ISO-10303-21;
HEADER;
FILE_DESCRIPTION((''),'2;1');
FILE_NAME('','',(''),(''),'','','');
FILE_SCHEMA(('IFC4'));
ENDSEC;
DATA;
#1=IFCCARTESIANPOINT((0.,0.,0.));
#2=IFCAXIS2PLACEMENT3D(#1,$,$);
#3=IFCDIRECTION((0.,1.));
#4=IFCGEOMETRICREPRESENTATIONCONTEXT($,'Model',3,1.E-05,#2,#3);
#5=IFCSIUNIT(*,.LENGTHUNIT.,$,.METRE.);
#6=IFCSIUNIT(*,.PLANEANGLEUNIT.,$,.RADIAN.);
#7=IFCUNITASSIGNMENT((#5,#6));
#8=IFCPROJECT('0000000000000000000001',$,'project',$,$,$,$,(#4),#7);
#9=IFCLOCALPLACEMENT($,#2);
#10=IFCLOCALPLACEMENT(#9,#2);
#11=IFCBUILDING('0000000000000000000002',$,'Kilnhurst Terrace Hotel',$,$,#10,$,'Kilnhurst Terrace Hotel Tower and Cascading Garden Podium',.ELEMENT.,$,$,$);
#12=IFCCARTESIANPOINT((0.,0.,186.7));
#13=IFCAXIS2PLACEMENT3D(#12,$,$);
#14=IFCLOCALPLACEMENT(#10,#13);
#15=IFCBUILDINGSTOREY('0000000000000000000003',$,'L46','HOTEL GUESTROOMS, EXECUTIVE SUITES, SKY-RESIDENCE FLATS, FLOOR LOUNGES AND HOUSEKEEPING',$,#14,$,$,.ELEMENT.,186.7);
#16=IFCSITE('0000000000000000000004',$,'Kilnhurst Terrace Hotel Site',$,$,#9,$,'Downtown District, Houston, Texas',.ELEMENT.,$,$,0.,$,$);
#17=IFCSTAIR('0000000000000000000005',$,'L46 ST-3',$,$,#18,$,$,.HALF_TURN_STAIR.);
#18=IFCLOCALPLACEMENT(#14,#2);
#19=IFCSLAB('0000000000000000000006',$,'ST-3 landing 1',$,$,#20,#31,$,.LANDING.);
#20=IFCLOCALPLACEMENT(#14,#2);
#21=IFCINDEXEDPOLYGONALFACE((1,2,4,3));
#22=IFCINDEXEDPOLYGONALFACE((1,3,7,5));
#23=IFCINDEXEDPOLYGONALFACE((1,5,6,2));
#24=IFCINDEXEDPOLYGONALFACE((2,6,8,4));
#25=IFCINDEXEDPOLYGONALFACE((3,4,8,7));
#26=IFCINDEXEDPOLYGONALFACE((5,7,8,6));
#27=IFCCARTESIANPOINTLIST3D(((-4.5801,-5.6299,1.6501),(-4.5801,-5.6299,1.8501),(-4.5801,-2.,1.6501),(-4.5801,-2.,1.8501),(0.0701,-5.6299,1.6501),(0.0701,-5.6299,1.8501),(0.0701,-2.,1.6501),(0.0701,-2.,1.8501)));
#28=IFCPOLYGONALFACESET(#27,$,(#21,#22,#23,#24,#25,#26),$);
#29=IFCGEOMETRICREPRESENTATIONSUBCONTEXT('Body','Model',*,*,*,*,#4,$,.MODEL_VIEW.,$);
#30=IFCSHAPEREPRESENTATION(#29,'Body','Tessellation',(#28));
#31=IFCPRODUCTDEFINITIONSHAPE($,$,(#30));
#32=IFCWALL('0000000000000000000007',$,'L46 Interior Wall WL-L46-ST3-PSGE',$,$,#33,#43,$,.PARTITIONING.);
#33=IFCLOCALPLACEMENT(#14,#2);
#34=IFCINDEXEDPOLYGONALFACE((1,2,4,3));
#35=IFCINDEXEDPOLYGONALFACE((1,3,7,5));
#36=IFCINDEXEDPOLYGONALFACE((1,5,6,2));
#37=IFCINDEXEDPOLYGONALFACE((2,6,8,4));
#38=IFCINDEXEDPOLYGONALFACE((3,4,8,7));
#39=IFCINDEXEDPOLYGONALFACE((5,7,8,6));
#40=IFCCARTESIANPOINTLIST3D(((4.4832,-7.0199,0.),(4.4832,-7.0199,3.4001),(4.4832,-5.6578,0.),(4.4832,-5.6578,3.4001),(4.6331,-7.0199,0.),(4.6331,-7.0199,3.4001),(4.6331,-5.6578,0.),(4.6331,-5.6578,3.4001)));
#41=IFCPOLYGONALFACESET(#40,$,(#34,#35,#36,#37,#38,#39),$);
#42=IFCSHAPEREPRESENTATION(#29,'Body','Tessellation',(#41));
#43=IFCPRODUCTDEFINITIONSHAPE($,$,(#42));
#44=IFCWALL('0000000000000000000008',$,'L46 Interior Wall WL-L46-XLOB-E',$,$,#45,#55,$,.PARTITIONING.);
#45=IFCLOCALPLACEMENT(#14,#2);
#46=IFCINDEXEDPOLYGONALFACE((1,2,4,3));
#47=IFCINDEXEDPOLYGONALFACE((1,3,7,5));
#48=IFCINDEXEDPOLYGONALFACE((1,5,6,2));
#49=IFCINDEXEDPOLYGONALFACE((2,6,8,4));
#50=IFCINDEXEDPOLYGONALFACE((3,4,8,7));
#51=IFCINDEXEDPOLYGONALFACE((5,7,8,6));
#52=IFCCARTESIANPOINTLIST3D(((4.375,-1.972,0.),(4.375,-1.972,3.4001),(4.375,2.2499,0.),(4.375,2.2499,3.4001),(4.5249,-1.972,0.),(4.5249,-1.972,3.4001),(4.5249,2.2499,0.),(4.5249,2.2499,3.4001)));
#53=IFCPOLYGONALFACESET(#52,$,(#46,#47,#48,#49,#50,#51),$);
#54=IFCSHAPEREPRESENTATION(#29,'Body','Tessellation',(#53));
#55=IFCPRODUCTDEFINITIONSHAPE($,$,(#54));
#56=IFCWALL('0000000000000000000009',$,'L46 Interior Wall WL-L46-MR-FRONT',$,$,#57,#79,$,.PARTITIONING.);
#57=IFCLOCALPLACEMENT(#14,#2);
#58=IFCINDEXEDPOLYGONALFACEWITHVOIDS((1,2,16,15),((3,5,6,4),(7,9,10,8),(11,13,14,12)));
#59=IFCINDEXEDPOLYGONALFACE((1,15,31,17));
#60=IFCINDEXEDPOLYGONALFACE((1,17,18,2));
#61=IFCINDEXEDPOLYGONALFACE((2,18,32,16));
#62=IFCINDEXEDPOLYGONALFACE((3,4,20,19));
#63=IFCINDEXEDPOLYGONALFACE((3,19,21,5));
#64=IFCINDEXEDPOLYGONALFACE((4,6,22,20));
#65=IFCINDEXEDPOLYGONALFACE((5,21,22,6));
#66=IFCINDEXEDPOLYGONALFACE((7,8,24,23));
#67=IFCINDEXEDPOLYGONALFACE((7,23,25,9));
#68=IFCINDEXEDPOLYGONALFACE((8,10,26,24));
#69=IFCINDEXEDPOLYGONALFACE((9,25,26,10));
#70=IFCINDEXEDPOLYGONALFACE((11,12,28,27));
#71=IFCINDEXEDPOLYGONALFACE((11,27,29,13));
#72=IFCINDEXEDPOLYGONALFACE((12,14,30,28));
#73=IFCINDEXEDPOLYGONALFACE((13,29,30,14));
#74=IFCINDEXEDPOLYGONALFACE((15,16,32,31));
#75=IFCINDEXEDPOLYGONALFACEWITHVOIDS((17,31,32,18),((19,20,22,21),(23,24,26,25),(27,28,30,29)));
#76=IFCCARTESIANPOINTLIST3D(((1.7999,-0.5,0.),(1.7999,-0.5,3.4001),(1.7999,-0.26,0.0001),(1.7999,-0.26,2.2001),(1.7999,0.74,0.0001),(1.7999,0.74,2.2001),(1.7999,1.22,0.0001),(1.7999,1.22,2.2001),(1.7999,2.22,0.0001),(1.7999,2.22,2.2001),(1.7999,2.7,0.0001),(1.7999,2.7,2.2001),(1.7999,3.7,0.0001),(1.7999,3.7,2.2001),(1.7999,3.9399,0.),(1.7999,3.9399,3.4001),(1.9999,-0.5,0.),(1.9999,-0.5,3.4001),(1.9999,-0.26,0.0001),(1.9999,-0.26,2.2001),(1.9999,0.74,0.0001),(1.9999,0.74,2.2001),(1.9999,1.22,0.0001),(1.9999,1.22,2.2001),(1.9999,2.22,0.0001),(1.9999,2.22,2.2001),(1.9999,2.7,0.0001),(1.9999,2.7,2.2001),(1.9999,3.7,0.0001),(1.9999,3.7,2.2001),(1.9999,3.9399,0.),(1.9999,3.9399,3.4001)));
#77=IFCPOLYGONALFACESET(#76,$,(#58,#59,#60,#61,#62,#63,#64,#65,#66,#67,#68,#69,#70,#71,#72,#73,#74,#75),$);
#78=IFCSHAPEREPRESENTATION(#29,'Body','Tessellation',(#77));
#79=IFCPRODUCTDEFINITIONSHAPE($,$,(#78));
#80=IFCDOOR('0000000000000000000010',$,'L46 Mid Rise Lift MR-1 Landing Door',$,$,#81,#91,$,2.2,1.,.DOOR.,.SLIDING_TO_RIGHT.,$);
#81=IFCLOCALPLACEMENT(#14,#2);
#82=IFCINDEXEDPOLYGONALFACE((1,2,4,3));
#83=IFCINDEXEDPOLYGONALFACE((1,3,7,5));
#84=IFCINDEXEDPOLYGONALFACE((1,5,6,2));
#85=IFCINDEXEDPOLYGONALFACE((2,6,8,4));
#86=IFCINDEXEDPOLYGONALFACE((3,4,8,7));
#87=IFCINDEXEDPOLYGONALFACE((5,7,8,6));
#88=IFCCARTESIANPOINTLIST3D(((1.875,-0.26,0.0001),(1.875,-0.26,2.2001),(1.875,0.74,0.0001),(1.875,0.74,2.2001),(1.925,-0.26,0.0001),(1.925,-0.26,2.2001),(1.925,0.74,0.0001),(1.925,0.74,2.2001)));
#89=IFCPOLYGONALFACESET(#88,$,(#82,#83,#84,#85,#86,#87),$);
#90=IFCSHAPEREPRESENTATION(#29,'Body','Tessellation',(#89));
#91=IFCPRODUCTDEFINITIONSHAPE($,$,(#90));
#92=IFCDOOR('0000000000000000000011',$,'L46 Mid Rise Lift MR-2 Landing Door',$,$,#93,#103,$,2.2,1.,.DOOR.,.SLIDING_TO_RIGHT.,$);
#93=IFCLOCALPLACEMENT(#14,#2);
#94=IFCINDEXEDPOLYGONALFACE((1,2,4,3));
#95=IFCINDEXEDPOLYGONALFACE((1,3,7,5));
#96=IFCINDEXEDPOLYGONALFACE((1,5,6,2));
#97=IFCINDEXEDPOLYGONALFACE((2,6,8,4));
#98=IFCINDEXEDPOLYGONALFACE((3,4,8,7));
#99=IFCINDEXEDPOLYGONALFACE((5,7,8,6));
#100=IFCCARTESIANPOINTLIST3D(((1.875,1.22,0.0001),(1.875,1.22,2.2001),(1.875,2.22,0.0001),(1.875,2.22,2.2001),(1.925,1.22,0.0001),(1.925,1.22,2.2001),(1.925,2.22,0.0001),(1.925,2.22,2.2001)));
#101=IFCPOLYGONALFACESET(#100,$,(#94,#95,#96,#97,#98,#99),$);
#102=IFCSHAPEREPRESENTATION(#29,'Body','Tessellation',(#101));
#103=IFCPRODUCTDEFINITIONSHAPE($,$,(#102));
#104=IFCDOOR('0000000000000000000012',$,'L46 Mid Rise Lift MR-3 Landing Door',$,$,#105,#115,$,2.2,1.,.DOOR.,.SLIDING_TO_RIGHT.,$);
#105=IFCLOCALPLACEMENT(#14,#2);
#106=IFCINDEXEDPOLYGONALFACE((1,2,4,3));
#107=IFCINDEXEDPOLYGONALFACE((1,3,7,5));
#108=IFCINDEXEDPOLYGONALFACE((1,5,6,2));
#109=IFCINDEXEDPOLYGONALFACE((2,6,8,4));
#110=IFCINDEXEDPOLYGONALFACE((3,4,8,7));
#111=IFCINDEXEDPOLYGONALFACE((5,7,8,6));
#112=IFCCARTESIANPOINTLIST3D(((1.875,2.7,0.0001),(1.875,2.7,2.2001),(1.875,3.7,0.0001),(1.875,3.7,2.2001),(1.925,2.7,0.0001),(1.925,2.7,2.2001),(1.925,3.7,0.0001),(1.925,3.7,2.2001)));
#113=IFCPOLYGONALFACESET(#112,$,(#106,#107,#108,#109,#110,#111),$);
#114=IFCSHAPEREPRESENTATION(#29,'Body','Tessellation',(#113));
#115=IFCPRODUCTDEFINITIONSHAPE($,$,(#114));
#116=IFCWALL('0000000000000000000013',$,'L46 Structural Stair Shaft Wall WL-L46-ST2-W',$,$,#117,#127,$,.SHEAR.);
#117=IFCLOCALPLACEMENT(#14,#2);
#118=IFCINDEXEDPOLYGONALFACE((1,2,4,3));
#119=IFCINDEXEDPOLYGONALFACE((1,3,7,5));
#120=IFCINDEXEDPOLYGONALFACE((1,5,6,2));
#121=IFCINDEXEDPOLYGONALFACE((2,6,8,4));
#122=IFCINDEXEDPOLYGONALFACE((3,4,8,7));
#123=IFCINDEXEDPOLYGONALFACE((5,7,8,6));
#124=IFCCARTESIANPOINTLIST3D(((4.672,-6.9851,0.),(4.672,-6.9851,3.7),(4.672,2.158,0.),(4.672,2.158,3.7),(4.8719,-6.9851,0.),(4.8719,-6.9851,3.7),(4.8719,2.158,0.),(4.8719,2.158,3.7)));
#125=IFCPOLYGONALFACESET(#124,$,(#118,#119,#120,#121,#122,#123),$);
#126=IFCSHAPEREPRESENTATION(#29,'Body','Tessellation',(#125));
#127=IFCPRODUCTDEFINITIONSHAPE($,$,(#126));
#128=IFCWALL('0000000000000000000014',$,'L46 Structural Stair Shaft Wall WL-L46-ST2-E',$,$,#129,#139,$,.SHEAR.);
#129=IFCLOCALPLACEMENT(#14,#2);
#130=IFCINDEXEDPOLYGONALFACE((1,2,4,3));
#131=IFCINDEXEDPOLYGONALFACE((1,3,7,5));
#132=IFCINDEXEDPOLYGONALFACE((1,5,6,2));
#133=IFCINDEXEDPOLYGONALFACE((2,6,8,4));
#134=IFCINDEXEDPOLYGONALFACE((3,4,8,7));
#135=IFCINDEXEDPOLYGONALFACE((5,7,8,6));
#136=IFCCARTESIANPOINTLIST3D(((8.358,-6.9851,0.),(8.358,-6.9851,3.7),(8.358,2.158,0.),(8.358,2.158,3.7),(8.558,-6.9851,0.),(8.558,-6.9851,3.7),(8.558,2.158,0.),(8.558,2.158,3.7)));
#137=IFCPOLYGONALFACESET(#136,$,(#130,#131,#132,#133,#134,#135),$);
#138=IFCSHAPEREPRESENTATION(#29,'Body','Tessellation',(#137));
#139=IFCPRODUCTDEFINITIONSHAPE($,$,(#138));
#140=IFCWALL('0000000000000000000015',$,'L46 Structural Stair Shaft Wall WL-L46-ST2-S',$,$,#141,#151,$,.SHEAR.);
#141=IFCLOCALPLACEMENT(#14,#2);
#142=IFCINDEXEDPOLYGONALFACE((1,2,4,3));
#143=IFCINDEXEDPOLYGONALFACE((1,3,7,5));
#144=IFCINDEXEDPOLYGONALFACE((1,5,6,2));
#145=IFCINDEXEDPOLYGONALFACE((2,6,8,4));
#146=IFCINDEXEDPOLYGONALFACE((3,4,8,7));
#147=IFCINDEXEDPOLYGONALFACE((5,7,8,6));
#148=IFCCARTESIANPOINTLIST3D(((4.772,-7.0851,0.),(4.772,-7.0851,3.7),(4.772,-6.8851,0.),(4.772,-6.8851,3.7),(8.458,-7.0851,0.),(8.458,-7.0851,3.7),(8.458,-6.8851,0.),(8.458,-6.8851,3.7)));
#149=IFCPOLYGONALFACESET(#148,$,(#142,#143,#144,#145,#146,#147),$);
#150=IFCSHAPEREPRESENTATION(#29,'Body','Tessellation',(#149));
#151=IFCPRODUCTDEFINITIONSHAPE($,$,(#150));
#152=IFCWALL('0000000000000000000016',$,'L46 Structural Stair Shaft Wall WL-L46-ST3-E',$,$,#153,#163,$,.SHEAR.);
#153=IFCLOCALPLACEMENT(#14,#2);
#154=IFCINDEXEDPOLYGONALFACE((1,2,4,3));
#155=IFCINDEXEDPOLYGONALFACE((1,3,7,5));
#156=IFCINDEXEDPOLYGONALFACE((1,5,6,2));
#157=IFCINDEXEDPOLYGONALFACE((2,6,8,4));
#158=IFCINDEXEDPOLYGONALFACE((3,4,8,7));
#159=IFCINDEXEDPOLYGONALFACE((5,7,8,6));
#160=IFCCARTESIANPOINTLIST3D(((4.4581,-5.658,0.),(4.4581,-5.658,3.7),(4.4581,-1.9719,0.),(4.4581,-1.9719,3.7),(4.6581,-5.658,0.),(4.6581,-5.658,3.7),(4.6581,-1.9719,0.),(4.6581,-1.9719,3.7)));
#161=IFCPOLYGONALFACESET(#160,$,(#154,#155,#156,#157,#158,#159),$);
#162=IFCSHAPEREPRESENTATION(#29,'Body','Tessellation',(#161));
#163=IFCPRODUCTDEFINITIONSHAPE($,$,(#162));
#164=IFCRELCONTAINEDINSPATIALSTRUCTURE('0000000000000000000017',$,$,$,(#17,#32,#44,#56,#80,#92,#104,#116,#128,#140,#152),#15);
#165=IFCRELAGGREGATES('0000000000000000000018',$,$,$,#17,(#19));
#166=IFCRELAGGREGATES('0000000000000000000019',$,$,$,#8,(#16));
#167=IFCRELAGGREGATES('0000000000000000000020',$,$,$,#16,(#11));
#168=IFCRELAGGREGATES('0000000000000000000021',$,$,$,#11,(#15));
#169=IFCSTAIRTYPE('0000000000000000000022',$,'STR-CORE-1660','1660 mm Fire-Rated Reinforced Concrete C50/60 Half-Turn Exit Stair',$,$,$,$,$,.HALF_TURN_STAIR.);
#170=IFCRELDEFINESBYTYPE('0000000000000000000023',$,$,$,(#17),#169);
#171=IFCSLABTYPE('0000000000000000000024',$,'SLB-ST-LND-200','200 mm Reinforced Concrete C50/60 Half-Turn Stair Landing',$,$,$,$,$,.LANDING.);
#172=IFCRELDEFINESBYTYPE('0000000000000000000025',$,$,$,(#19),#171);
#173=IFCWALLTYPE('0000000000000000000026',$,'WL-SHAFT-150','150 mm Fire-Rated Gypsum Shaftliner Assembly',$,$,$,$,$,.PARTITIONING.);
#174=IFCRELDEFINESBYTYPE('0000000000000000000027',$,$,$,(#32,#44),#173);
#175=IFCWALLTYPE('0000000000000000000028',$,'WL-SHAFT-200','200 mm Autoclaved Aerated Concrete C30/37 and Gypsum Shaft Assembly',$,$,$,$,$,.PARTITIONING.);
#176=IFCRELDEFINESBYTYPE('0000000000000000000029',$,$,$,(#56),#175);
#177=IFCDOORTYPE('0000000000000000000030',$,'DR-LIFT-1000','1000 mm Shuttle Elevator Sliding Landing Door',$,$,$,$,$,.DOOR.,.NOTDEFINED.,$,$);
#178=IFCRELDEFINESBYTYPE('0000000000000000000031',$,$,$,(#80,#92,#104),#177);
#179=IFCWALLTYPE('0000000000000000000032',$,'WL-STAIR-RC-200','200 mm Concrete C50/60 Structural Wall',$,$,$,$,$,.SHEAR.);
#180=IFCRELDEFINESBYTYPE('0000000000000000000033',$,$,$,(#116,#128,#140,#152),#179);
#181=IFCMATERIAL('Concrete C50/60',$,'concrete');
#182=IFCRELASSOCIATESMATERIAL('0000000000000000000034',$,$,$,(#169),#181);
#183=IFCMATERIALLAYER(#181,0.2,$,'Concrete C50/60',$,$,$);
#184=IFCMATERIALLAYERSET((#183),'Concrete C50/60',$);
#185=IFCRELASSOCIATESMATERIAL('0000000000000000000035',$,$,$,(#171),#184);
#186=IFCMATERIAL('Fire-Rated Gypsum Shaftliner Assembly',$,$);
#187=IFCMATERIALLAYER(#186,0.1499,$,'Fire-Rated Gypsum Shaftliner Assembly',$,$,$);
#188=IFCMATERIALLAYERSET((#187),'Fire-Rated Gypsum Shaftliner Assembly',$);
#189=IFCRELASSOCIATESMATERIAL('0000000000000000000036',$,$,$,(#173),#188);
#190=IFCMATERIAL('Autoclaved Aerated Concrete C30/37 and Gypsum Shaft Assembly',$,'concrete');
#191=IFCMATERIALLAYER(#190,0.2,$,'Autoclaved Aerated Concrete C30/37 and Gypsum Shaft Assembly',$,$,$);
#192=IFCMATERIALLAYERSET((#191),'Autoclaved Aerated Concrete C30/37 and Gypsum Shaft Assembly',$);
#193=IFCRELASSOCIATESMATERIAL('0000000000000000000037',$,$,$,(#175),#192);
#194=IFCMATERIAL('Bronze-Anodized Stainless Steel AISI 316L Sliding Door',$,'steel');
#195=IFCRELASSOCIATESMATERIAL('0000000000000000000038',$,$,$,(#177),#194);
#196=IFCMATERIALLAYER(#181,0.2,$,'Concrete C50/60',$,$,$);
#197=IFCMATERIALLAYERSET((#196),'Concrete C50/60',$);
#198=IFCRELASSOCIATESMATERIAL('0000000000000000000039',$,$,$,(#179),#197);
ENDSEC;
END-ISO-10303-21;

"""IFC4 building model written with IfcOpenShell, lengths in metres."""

from ifc_helpers import new_model, si_unit, direction, frame, frame_2d, origin, place, context, subcontext, project, spatial, polyline, rectangle, outline, extrude, material, layer, layer_set, type_object, element, fill, aggregate, save


model = new_model("IFC4")

# Units and contexts
model_context = context("Model", 3, precision=1e-05, world=origin(), true_north=direction((0.0, 1.0)))
body_context = subcontext(model_context, "Body", "Model", "MODEL_VIEW")
ifc_project = project(units=[si_unit("LENGTHUNIT", "METRE"), si_unit("PLANEANGLEUNIT", "RADIAN")], contexts=[model_context])

# Site, building, storey
site_placement = place(None, origin())
site = spatial("IfcSite", under=ifc_project, at=site_placement, Name="Kilnhurst Terrace Hotel Site", LongName="Downtown District, Houston, Texas", CompositionType="ELEMENT", RefElevation=0.0)
building_placement = place(site_placement, origin())
building = spatial("IfcBuilding", under=site, at=building_placement, Name="Kilnhurst Terrace Hotel", LongName="Kilnhurst Terrace Hotel Tower and Cascading Garden Podium", CompositionType="ELEMENT")
storey_placement = place(building_placement, frame((0.0, 0.0, 186.7)))
storey = spatial("IfcBuildingStorey", under=building, at=storey_placement, Name="L46", Description="HOTEL GUESTROOMS, EXECUTIVE SUITES, SKY-RESIDENCE FLATS, FLOOR LOUNGES AND HOUSEKEEPING", CompositionType="ELEMENT", Elevation=186.7)

# Stair, slab
ifc_material_1 = material(Name="Concrete C50/60", Category="concrete")
stair_type = type_object("IfcStairType", Name="STR-CORE-1660", Description="1660 mm Fire-Rated Reinforced Concrete C50/60 Half-Turn Exit Stair", PredefinedType="HALF_TURN_STAIR", material=ifc_material_1)
stair_1_placement = place(storey_placement, origin())
stair_1 = element("IfcStair", 1, at=stair_1_placement, inside=storey, type_object=stair_type, Name="L46 ST-3", PredefinedType="HALF_TURN_STAIR")
ifc_layer_1 = layer(ifc_material_1, 0.2, Name="Concrete C50/60")
ifc_layer_set_1 = layer_set([ifc_layer_1], Name="Concrete C50/60")
slab_type = type_object("IfcSlabType", Name="SLB-ST-LND-200", Description="200 mm Reinforced Concrete C50/60 Half-Turn Stair Landing", PredefinedType="LANDING", material=ifc_layer_set_1)
slab_placement = place(storey_placement, frame((0.0, 0.0, 1.6501)))
slab = element("IfcSlab", 2, at=slab_placement, type_object=slab_type, Name="ST-3 landing 1", PredefinedType="LANDING", context=body_context, shape_type="SweptSolid", body=[
    extrude(outline(polyline([(0.0701, -2.0), (0.0701, -5.6299), (-4.5801, -5.6299), (-4.5801, -2.0), (0.0701, -2.0)])), origin(), (0.0, 0.0, 1.0), 0.2),
])

# Walls
ifc_material_2 = material(Name="Fire-Rated Gypsum Shaftliner Assembly")
ifc_layer_2 = layer(ifc_material_2, 0.1499, Name="Fire-Rated Gypsum Shaftliner Assembly")
ifc_layer_set_2 = layer_set([ifc_layer_2], Name="Fire-Rated Gypsum Shaftliner Assembly")
wall_type_1 = type_object("IfcWallType", Name="WL-SHAFT-150", Description="150 mm Fire-Rated Gypsum Shaftliner Assembly", PredefinedType="PARTITIONING", material=ifc_layer_set_2)
wall_1_placement = place(storey_placement, frame((4.5581, -7.02, 0.0), z_axis=(0.0, 0.0, 1.0), x_axis=(0.0, 1.0, 0.0)))
element("IfcWall", 3, at=wall_1_placement, inside=storey, type_object=wall_type_1, Name="L46 Interior Wall WL-L46-ST3-PSGE", PredefinedType="PARTITIONING", context=body_context, shape_type="SweptSolid", body=[
    extrude(rectangle(XDim=1.3621, YDim=0.1499, at=frame_2d((0.6812, 0.0))), origin(), (0.0, 0.0, 1.0), 3.4001),
])
wall_2_placement = place(storey_placement, frame((4.45, -1.9719, 0.0), z_axis=(0.0, 0.0, 1.0), x_axis=(0.0, 1.0, 0.0)))
element("IfcWall", 4, at=wall_2_placement, inside=storey, type_object=wall_type_1, Name="L46 Interior Wall WL-L46-XLOB-E", PredefinedType="PARTITIONING", context=body_context, shape_type="SweptSolid", body=[
    extrude(rectangle(XDim=4.2219, YDim=0.1499, at=frame_2d((2.1108, 0.0))), origin(), (0.0, 0.0, 1.0), 3.4001),
])

# Wall, openings, doors
ifc_material_3 = material(Name="Autoclaved Aerated Concrete C30/37 and Gypsum Shaft Assembly", Category="concrete")
ifc_layer_3 = layer(ifc_material_3, 0.2, Name="Autoclaved Aerated Concrete C30/37 and Gypsum Shaft Assembly")
ifc_layer_set_3 = layer_set([ifc_layer_3], Name="Autoclaved Aerated Concrete C30/37 and Gypsum Shaft Assembly")
wall_type_2 = type_object("IfcWallType", Name="WL-SHAFT-200", Description="200 mm Autoclaved Aerated Concrete C30/37 and Gypsum Shaft Assembly", PredefinedType="PARTITIONING", material=ifc_layer_set_3)
wall_3_placement = place(storey_placement, frame((1.8999, -0.5, 0.0), z_axis=(0.0, 0.0, 1.0), x_axis=(0.0, 1.0, 0.0)))
wall_3 = element("IfcWall", 5, at=wall_3_placement, inside=storey, type_object=wall_type_2, Name="L46 Interior Wall WL-L46-MR-FRONT", PredefinedType="PARTITIONING", context=body_context, shape_type="SweptSolid", body=[
    extrude(rectangle(XDim=4.4399, YDim=0.2, at=frame_2d((2.22, 0.0))), origin(), (0.0, 0.0, 1.0), 3.4001),
])
opening_1_placement = place(wall_3_placement, frame((0.24, 0.0, 0.0)))
opening_1 = element("IfcOpeningElement", 6, at=opening_1_placement, cuts=wall_3, PredefinedType="OPENING", context=body_context, shape_type="SweptSolid", body=[
    extrude(rectangle(XDim=1.0, YDim=2.2, at=frame_2d((0.5, 1.1001))), frame((0.0, 0.1099, 0.0), z_axis=(0.0, -1.0, 0.0), x_axis=(1.0, 0.0, 0.0)), (0.0, 0.0, 1.0), 0.22),
])
opening_2_placement = place(wall_3_placement, frame((1.72, 0.0, 0.0)))
opening_2 = element("IfcOpeningElement", 7, at=opening_2_placement, cuts=wall_3, PredefinedType="OPENING", context=body_context, shape_type="SweptSolid", body=[
    extrude(rectangle(XDim=1.0, YDim=2.2, at=frame_2d((0.5, 1.1001))), frame((0.0, 0.1099, 0.0), z_axis=(0.0, -1.0, 0.0), x_axis=(1.0, 0.0, 0.0)), (0.0, 0.0, 1.0), 0.22),
])
opening_3_placement = place(wall_3_placement, frame((3.2, 0.0, 0.0)))
opening_3 = element("IfcOpeningElement", 8, at=opening_3_placement, cuts=wall_3, PredefinedType="OPENING", context=body_context, shape_type="SweptSolid", body=[
    extrude(rectangle(XDim=1.0, YDim=2.2, at=frame_2d((0.5, 1.1001))), frame((0.0, 0.1099, 0.0), z_axis=(0.0, -1.0, 0.0), x_axis=(1.0, 0.0, 0.0)), (0.0, 0.0, 1.0), 0.22),
])
ifc_material_4 = material(Name="Bronze-Anodized Stainless Steel AISI 316L Sliding Door", Category="steel")
door_type = type_object("IfcDoorType", Name="DR-LIFT-1000", Description="1000 mm Shuttle Elevator Sliding Landing Door", OperationType="NOTDEFINED", PredefinedType="DOOR", material=ifc_material_4)
door_1_placement = place(opening_1_placement, origin())
door_1 = element("IfcDoor", 9, at=door_1_placement, inside=storey, type_object=door_type, Name="L46 Mid Rise Lift MR-1 Landing Door", OperationType="SLIDING_TO_RIGHT", OverallHeight=2.2, OverallWidth=1.0, PredefinedType="DOOR", context=body_context, shape_type="SweptSolid", body=[
    extrude(rectangle(XDim=1.0, YDim=2.2, at=frame_2d((0.5, 1.1001))), frame((0.0, 0.0249, 0.0), z_axis=(0.0, -1.0, 0.0), x_axis=(1.0, 0.0, 0.0)), (0.0, 0.0, 1.0), 0.05),
])
fill(opening_1, door_1)
door_2_placement = place(opening_2_placement, origin())
door_2 = element("IfcDoor", 10, at=door_2_placement, inside=storey, type_object=door_type, Name="L46 Mid Rise Lift MR-2 Landing Door", OperationType="SLIDING_TO_RIGHT", OverallHeight=2.2, OverallWidth=1.0, PredefinedType="DOOR", context=body_context, shape_type="SweptSolid", body=[
    extrude(rectangle(XDim=1.0, YDim=2.2, at=frame_2d((0.5, 1.1001))), frame((0.0, 0.0249, 0.0), z_axis=(0.0, -1.0, 0.0), x_axis=(1.0, 0.0, 0.0)), (0.0, 0.0, 1.0), 0.05),
])
fill(opening_2, door_2)
door_3_placement = place(opening_3_placement, origin())
door_3 = element("IfcDoor", 11, at=door_3_placement, inside=storey, type_object=door_type, Name="L46 Mid Rise Lift MR-3 Landing Door", OperationType="SLIDING_TO_RIGHT", OverallHeight=2.2, OverallWidth=1.0, PredefinedType="DOOR", context=body_context, shape_type="SweptSolid", body=[
    extrude(rectangle(XDim=1.0, YDim=2.2, at=frame_2d((0.5, 1.1001))), frame((0.0, 0.0249, 0.0), z_axis=(0.0, -1.0, 0.0), x_axis=(1.0, 0.0, 0.0)), (0.0, 0.0, 1.0), 0.05),
])
fill(opening_3, door_3)

# Walls
ifc_layer_4 = layer(ifc_material_1, 0.2, Name="Concrete C50/60")
ifc_layer_set_4 = layer_set([ifc_layer_4], Name="Concrete C50/60")
wall_type_3 = type_object("IfcWallType", Name="WL-STAIR-RC-200", Description="200 mm Concrete C50/60 Structural Wall", PredefinedType="SHEAR", material=ifc_layer_set_4)
for number, where, z_axis, x_axis, name in (
    (12, (4.772, -6.9851, 0.0), (0.0, 0.0, 1.0), (0.0, 1.0, 0.0), "L46 Structural Stair Shaft Wall WL-L46-ST2-W"),
    (13, (8.458, -6.9851, 0.0), (0.0, 0.0, 1.0), (0.0, 1.0, 0.0), "L46 Structural Stair Shaft Wall WL-L46-ST2-E"),
):
    element("IfcWall", number, at=place(storey_placement, frame(where, z_axis=z_axis, x_axis=x_axis)), inside=storey, type_object=wall_type_3, Name=name, PredefinedType="SHEAR", context=body_context, shape_type="SweptSolid", body=[
        extrude(rectangle(XDim=9.1431, YDim=0.2, at=frame_2d((4.5715, 0.0))), origin(), (0.0, 0.0, 1.0), 3.7),
    ])
for number, where, z_axis, x_axis, name in (
    (14, (4.772, -6.9851, 0.0), (0.0, 0.0, 1.0), (1.0, 0.0, 0.0), "L46 Structural Stair Shaft Wall WL-L46-ST2-S"),
    (15, (4.5581, -5.658, 0.0), (0.0, 0.0, 1.0), (0.0, 1.0, 0.0), "L46 Structural Stair Shaft Wall WL-L46-ST3-E"),
):
    element("IfcWall", number, at=place(storey_placement, frame(where, z_axis=z_axis, x_axis=x_axis)), inside=storey, type_object=wall_type_3, Name=name, PredefinedType="SHEAR", context=body_context, shape_type="SweptSolid", body=[
        extrude(rectangle(XDim=3.686, YDim=0.2, at=frame_2d((1.843, 0.0))), origin(), (0.0, 0.0, 1.0), 3.7),
    ])

aggregate(stair_1, [slab])

save(model, "model.ifc")
